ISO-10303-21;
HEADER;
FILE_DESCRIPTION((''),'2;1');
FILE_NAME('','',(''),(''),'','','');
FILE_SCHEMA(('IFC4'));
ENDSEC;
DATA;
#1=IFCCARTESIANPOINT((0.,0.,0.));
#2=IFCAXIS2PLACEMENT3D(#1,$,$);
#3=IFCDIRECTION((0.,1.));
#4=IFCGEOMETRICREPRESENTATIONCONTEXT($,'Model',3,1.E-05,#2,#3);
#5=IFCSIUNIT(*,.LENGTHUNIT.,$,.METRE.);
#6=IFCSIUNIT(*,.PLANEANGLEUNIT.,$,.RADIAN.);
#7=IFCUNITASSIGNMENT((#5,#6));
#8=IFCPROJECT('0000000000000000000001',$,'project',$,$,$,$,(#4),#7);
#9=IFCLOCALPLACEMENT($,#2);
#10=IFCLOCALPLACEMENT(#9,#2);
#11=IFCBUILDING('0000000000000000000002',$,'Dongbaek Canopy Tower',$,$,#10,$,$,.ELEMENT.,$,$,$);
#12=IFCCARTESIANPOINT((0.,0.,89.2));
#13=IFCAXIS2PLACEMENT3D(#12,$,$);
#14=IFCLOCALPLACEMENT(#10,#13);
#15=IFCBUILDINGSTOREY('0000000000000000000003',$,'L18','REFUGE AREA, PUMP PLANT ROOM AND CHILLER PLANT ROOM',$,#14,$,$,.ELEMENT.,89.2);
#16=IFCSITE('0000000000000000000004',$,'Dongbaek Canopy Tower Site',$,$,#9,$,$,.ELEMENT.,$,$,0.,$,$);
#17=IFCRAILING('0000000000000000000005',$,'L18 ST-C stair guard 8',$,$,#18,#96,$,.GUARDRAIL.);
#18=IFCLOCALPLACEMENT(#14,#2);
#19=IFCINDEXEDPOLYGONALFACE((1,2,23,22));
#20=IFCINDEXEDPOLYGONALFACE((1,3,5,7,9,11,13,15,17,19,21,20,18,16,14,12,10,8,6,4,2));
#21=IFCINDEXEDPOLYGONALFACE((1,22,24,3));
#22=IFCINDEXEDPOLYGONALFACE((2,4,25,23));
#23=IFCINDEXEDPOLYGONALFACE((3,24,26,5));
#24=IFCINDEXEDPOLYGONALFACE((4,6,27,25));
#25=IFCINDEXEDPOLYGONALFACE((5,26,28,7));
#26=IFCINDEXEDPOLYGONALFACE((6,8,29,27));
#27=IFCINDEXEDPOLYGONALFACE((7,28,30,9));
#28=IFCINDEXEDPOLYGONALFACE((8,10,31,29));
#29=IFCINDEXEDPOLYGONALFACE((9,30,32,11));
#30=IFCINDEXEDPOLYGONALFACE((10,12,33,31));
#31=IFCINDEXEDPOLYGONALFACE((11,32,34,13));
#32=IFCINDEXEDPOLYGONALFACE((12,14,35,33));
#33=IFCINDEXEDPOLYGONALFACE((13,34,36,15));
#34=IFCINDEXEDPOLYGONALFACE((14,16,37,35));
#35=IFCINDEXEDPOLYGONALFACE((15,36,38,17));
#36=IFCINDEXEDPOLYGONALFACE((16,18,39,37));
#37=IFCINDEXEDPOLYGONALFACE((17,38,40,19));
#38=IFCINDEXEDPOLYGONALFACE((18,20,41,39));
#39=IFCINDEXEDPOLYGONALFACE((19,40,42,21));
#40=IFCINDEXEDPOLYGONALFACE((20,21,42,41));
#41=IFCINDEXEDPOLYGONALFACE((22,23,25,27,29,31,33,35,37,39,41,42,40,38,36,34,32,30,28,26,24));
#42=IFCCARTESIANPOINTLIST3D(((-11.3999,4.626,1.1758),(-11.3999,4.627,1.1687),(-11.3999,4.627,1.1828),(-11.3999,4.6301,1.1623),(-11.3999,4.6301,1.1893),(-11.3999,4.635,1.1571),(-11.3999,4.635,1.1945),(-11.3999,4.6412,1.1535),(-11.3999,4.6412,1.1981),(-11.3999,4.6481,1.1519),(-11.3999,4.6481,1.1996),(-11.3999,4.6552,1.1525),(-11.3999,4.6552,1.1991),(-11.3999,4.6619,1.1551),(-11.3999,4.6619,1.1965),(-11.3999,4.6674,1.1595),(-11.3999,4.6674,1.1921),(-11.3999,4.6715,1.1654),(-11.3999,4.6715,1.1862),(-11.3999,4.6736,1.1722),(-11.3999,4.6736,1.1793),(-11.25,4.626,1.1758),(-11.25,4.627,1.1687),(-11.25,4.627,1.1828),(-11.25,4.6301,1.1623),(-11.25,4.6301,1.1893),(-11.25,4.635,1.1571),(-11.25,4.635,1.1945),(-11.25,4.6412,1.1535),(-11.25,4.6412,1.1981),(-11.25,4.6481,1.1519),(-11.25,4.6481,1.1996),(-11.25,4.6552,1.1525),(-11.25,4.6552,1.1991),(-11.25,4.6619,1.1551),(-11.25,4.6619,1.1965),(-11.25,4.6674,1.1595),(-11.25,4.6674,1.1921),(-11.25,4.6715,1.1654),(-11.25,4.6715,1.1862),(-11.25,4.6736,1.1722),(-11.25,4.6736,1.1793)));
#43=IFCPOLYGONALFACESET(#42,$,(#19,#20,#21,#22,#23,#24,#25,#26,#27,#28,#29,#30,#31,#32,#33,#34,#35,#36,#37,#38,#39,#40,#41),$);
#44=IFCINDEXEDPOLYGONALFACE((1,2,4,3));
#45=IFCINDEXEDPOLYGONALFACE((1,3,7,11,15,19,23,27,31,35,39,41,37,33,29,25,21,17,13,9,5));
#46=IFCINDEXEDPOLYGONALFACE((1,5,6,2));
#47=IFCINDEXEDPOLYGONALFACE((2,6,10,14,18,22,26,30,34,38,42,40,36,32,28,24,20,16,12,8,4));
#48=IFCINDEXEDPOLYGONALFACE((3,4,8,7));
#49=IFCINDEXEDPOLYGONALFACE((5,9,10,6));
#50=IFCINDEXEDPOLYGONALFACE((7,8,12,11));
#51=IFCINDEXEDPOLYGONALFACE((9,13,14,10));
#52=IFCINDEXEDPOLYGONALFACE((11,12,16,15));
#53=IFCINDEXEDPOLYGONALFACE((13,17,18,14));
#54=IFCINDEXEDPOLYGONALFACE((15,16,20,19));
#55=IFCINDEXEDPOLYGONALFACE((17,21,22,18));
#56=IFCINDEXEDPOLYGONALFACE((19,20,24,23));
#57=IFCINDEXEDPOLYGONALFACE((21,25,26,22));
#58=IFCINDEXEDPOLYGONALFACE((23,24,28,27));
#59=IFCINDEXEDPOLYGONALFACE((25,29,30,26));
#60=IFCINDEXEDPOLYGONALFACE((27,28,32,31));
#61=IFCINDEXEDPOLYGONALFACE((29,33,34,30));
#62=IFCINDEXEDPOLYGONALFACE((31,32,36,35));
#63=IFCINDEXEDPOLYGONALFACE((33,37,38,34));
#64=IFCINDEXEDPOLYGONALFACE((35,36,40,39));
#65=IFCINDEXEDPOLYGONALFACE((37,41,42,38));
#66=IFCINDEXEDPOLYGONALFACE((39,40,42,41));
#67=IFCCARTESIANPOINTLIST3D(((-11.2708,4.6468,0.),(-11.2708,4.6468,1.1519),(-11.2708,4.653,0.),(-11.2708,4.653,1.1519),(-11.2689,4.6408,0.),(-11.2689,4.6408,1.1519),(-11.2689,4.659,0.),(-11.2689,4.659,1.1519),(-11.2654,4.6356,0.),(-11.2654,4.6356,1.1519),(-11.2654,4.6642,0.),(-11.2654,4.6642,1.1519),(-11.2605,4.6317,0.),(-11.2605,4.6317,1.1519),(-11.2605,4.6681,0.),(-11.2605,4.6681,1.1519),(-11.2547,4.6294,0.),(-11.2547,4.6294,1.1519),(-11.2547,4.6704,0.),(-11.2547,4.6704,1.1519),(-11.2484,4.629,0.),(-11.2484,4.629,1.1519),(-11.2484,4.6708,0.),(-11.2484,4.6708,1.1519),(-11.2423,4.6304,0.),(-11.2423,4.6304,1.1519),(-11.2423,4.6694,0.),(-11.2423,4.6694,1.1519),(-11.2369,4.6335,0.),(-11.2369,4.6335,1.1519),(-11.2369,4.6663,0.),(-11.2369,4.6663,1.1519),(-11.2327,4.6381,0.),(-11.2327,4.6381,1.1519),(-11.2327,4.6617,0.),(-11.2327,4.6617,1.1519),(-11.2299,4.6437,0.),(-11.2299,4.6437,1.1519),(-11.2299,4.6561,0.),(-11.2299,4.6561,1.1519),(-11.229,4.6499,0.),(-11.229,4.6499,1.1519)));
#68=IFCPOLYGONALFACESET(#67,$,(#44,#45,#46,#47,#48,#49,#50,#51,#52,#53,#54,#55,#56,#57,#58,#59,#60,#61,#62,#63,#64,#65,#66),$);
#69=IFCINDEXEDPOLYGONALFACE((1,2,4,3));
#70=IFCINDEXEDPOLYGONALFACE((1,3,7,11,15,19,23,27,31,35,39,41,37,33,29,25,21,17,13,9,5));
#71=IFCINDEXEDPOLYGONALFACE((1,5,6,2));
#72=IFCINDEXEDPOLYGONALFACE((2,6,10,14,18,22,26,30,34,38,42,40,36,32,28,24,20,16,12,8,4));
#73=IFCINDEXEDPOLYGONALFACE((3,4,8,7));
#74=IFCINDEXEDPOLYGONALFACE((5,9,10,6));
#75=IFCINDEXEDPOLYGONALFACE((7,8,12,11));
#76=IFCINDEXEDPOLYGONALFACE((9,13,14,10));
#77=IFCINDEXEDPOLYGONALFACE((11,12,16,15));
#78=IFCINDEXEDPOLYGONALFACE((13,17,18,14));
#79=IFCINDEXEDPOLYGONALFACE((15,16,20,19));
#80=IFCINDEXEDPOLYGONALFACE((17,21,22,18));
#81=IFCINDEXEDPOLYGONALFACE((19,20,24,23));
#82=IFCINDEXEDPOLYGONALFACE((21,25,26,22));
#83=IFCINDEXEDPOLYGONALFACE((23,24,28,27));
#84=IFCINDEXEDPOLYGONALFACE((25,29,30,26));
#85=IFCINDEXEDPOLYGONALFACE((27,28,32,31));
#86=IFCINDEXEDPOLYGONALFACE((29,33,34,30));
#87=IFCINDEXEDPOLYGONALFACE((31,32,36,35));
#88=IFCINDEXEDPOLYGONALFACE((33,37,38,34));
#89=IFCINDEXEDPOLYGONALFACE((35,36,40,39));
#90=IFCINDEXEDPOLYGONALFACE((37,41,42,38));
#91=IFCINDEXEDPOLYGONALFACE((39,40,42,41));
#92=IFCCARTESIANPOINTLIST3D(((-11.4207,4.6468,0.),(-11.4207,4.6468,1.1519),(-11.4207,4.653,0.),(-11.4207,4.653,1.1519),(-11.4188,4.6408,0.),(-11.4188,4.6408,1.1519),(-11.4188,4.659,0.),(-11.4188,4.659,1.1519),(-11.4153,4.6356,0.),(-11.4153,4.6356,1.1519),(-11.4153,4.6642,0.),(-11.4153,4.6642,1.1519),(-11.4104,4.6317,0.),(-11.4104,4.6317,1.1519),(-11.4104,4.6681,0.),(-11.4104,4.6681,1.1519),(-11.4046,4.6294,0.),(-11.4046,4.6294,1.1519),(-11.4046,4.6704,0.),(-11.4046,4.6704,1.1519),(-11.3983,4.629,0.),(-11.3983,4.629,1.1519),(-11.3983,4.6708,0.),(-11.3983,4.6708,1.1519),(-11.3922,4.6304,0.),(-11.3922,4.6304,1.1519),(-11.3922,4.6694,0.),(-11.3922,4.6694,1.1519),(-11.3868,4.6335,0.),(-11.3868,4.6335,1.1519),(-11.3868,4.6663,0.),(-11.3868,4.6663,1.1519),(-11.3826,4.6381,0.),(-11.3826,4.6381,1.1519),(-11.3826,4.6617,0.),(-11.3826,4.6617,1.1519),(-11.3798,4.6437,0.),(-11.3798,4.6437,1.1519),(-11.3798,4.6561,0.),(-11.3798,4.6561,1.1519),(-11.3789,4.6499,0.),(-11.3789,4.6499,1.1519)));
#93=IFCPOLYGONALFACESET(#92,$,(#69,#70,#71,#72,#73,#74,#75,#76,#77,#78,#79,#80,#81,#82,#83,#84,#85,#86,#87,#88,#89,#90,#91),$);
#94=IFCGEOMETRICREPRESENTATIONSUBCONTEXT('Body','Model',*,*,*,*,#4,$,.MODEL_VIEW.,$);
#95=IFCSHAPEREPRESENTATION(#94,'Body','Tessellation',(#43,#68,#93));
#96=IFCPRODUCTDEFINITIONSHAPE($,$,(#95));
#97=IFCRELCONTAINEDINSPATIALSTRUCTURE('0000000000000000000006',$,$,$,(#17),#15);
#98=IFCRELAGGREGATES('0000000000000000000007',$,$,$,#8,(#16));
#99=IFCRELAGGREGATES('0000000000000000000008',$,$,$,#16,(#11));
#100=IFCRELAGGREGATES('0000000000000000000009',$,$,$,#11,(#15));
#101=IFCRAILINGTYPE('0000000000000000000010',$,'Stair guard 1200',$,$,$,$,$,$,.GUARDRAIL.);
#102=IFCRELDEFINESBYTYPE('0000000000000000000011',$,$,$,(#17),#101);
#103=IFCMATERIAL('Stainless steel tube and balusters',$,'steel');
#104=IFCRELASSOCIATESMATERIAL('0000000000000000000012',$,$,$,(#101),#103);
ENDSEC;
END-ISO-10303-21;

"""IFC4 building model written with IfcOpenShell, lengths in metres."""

from ifc_helpers import new_model, si_unit, direction, frame, origin, origin_2d, place, context, subcontext, project, spatial, circle, extrude, material, type_object, element, save


model = new_model("IFC4")

# Units and contexts
model_context = context("Model", 3, precision=1e-05, world=origin(), true_north=direction((0.0, 1.0)))
body_context = subcontext(model_context, "Body", "Model", "MODEL_VIEW")
ifc_project = project(units=[si_unit("LENGTHUNIT", "METRE"), si_unit("PLANEANGLEUNIT", "RADIAN")], contexts=[model_context])

# Site, building, storey
site_placement = place(None, origin())
site = spatial("IfcSite", under=ifc_project, at=site_placement, Name="Dongbaek Canopy Tower Site", CompositionType="ELEMENT", RefElevation=0.0)
building_placement = place(site_placement, origin())
building = spatial("IfcBuilding", under=site, at=building_placement, Name="Dongbaek Canopy Tower", CompositionType="ELEMENT")
storey_placement = place(building_placement, frame((0.0, 0.0, 89.2)))
storey = spatial("IfcBuildingStorey", under=building, at=storey_placement, Name="L18", Description="REFUGE AREA, PUMP PLANT ROOM AND CHILLER PLANT ROOM", CompositionType="ELEMENT", Elevation=89.2)

# Railing
ifc_material_1 = material(Name="Stainless steel tube and balusters", Category="steel")
railing_type_1 = type_object("IfcRailingType", Name="Stair guard 1200", PredefinedType="GUARDRAIL", material=ifc_material_1)
railing_1_placement = place(storey_placement, frame((-11.25, 4.6499, 0.0)))
element("IfcRailing", 1, at=railing_1_placement, inside=storey, type_object=railing_type_1, Name="L18 ST-C stair guard 8", PredefinedType="GUARDRAIL", context=body_context, shape_type="SweptSolid", body=[
    extrude(circle(Radius=0.0239, at=origin_2d()), frame((0.0, 0.0, 1.1758), z_axis=(-1.0, 0.0, 0.0), x_axis=(0.0, -1.0, 0.0)), (0.0, 0.0, 1.0), 0.1499),
    extrude(circle(Radius=0.021, at=origin_2d()), origin(), (0.0, 0.0, 1.0), 1.1519),
    extrude(circle(Radius=0.021, at=origin_2d()), frame((-0.1499, 0.0, 0.0)), (0.0, 0.0, 1.0), 1.1519),
])

save(model, "model.ifc")
